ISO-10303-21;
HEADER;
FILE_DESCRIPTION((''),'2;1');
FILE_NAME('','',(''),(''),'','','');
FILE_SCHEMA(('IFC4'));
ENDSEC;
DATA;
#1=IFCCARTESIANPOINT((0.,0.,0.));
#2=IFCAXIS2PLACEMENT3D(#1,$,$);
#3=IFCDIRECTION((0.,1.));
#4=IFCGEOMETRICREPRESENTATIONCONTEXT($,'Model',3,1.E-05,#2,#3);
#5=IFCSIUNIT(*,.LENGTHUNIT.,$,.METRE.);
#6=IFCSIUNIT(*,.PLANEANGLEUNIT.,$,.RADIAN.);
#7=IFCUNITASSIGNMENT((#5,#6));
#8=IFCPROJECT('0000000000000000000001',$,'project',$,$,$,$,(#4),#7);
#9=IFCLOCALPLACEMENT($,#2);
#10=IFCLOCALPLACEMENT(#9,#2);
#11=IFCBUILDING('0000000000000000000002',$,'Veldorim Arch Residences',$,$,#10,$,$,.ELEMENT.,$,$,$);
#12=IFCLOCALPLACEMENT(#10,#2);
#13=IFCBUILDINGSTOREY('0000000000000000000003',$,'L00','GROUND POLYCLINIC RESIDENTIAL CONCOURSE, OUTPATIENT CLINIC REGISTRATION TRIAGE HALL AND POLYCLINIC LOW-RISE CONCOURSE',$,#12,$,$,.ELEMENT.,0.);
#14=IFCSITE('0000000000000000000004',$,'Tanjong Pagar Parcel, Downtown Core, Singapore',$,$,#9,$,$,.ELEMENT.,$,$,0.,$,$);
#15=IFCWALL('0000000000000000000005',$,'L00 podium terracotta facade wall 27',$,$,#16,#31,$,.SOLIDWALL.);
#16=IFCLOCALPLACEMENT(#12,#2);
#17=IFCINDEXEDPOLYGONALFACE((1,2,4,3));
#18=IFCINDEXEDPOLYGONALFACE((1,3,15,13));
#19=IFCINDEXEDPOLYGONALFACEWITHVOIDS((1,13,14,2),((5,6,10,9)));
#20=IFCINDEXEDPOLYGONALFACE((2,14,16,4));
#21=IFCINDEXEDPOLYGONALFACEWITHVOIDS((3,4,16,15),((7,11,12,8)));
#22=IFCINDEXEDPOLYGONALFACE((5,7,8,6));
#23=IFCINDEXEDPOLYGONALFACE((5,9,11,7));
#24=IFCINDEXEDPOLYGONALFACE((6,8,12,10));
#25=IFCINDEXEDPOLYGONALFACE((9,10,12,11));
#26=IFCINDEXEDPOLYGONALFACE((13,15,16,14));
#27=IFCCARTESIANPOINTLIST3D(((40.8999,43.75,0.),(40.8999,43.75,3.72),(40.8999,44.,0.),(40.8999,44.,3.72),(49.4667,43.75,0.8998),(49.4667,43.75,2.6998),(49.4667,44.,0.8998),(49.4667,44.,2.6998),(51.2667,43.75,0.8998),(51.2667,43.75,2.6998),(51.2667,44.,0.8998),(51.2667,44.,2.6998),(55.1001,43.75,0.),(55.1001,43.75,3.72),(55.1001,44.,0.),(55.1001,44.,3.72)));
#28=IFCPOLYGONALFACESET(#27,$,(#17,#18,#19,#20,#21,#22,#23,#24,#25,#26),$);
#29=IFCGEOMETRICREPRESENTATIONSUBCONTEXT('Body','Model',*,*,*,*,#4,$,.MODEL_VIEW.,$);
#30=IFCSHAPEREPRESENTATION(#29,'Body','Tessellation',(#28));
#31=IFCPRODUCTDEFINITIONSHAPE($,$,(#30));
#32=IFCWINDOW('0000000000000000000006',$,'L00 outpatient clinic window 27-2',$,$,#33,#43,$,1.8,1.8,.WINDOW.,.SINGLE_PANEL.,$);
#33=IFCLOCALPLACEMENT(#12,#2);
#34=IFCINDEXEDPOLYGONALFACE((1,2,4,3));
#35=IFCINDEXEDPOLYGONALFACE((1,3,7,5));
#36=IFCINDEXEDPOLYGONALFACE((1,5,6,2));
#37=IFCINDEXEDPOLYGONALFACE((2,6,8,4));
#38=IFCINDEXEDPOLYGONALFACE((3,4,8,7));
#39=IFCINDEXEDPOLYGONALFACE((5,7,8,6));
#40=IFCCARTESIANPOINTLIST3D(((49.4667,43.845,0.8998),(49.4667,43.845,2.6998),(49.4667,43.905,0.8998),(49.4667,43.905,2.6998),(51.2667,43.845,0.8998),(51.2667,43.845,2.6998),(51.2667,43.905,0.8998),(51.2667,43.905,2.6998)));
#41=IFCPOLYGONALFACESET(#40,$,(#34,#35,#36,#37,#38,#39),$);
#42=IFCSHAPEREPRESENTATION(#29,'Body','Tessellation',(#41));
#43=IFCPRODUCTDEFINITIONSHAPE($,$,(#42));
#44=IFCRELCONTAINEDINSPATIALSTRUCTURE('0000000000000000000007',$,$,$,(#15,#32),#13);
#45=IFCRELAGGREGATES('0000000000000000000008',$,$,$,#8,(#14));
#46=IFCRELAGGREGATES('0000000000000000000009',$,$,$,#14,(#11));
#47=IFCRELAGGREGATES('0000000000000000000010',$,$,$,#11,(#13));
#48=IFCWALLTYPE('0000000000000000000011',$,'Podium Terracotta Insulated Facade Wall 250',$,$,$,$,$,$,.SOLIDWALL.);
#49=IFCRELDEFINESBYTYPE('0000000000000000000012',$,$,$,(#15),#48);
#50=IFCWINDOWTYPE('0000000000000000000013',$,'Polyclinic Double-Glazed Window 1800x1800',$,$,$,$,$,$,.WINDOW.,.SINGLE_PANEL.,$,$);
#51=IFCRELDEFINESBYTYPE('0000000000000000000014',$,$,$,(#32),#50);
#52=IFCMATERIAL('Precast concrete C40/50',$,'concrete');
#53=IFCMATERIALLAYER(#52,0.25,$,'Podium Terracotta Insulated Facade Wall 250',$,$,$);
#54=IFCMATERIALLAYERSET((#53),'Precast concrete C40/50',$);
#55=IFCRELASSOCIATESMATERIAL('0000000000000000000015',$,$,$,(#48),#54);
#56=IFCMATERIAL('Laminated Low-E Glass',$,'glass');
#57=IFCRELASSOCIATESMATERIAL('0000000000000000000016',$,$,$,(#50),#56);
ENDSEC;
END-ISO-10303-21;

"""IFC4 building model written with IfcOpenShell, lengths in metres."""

from ifc_helpers import new_model, si_unit, direction, frame, frame_2d, origin, place, context, subcontext, project, spatial, rectangle, extrude, material, layer, layer_set, type_object, element, fill, save


model = new_model("IFC4")

# Units and contexts
model_context = context("Model", 3, precision=1e-05, world=origin(), true_north=direction((0.0, 1.0)))
body_context = subcontext(model_context, "Body", "Model", "MODEL_VIEW")
ifc_project = project(units=[si_unit("LENGTHUNIT", "METRE"), si_unit("PLANEANGLEUNIT", "RADIAN")], contexts=[model_context])

# Site, building, storey
site_placement = place(None, origin())
site = spatial("IfcSite", under=ifc_project, at=site_placement, Name="Tanjong Pagar Parcel, Downtown Core, Singapore", CompositionType="ELEMENT", RefElevation=0.0)
building_placement = place(site_placement, origin())
building = spatial("IfcBuilding", under=site, at=building_placement, Name="Veldorim Arch Residences", CompositionType="ELEMENT")
storey_placement = place(building_placement, origin())
storey = spatial("IfcBuildingStorey", under=building, at=storey_placement, Name="L00", Description="GROUND POLYCLINIC RESIDENTIAL CONCOURSE, OUTPATIENT CLINIC REGISTRATION TRIAGE HALL AND POLYCLINIC LOW-RISE CONCOURSE", CompositionType="ELEMENT", Elevation=0.0)

# Wall, opening, window
ifc_material_1 = material(Name="Precast concrete C40/50", Category="concrete")
ifc_layer_1 = layer(ifc_material_1, 0.25, Name="Podium Terracotta Insulated Facade Wall 250")
ifc_layer_set_1 = layer_set([ifc_layer_1], Name="Precast concrete C40/50")
wall_type_1 = type_object("IfcWallType", Name="Podium Terracotta Insulated Facade Wall 250", PredefinedType="SOLIDWALL", material=ifc_layer_set_1)
ifc_material_2 = material(Name="Laminated Low-E Glass", Category="glass")
window_type = type_object("IfcWindowType", Name="Polyclinic Double-Glazed Window 1800x1800", PartitioningType="SINGLE_PANEL", PredefinedType="WINDOW", material=ifc_material_2)
wall_1_placement = place(storey_placement, frame((40.8999, 43.875, 0.0), z_axis=(0.0, 0.0, 1.0), x_axis=(1.0, 0.0, 0.0)))
wall_1 = element("IfcWall", 1, at=wall_1_placement, inside=storey, type_object=wall_type_1, Name="L00 podium terracotta facade wall 27", PredefinedType="SOLIDWALL", context=body_context, shape_type="SweptSolid", body=[
    extrude(rectangle(XDim=14.2002, YDim=0.25, at=frame_2d((7.1001, 0.0))), origin(), (0.0, 0.0, 1.0), 3.72),
])
opening_1_placement = place(wall_1_placement, frame((8.5669, 0.0, 0.8999)))
opening_1 = element("IfcOpeningElement", 2, at=opening_1_placement, cuts=wall_1, PredefinedType="OPENING", context=body_context, shape_type="SweptSolid", body=[
    extrude(rectangle(XDim=1.8, YDim=1.8, at=frame_2d((0.8999, 0.8999))), frame((0.0, 0.135, 0.0), z_axis=(0.0, -1.0, 0.0), x_axis=(1.0, 0.0, 0.0)), (0.0, 0.0, 1.0), 0.27),
])
window_1_placement = place(opening_1_placement, origin())
window_1 = element("IfcWindow", 3, at=window_1_placement, inside=storey, type_object=window_type, Name="L00 outpatient clinic window 27-2", OverallHeight=1.8, OverallWidth=1.8, PartitioningType="SINGLE_PANEL", PredefinedType="WINDOW", context=body_context, shape_type="SweptSolid", body=[
    extrude(rectangle(XDim=1.8, YDim=1.8, at=frame_2d((0.8999, 0.8999))), frame((0.0, 0.03, 0.0), z_axis=(0.0, -1.0, 0.0), x_axis=(1.0, 0.0, 0.0)), (0.0, 0.0, 1.0), 0.0601),
])
fill(opening_1, window_1)

save(model, "model.ifc")
